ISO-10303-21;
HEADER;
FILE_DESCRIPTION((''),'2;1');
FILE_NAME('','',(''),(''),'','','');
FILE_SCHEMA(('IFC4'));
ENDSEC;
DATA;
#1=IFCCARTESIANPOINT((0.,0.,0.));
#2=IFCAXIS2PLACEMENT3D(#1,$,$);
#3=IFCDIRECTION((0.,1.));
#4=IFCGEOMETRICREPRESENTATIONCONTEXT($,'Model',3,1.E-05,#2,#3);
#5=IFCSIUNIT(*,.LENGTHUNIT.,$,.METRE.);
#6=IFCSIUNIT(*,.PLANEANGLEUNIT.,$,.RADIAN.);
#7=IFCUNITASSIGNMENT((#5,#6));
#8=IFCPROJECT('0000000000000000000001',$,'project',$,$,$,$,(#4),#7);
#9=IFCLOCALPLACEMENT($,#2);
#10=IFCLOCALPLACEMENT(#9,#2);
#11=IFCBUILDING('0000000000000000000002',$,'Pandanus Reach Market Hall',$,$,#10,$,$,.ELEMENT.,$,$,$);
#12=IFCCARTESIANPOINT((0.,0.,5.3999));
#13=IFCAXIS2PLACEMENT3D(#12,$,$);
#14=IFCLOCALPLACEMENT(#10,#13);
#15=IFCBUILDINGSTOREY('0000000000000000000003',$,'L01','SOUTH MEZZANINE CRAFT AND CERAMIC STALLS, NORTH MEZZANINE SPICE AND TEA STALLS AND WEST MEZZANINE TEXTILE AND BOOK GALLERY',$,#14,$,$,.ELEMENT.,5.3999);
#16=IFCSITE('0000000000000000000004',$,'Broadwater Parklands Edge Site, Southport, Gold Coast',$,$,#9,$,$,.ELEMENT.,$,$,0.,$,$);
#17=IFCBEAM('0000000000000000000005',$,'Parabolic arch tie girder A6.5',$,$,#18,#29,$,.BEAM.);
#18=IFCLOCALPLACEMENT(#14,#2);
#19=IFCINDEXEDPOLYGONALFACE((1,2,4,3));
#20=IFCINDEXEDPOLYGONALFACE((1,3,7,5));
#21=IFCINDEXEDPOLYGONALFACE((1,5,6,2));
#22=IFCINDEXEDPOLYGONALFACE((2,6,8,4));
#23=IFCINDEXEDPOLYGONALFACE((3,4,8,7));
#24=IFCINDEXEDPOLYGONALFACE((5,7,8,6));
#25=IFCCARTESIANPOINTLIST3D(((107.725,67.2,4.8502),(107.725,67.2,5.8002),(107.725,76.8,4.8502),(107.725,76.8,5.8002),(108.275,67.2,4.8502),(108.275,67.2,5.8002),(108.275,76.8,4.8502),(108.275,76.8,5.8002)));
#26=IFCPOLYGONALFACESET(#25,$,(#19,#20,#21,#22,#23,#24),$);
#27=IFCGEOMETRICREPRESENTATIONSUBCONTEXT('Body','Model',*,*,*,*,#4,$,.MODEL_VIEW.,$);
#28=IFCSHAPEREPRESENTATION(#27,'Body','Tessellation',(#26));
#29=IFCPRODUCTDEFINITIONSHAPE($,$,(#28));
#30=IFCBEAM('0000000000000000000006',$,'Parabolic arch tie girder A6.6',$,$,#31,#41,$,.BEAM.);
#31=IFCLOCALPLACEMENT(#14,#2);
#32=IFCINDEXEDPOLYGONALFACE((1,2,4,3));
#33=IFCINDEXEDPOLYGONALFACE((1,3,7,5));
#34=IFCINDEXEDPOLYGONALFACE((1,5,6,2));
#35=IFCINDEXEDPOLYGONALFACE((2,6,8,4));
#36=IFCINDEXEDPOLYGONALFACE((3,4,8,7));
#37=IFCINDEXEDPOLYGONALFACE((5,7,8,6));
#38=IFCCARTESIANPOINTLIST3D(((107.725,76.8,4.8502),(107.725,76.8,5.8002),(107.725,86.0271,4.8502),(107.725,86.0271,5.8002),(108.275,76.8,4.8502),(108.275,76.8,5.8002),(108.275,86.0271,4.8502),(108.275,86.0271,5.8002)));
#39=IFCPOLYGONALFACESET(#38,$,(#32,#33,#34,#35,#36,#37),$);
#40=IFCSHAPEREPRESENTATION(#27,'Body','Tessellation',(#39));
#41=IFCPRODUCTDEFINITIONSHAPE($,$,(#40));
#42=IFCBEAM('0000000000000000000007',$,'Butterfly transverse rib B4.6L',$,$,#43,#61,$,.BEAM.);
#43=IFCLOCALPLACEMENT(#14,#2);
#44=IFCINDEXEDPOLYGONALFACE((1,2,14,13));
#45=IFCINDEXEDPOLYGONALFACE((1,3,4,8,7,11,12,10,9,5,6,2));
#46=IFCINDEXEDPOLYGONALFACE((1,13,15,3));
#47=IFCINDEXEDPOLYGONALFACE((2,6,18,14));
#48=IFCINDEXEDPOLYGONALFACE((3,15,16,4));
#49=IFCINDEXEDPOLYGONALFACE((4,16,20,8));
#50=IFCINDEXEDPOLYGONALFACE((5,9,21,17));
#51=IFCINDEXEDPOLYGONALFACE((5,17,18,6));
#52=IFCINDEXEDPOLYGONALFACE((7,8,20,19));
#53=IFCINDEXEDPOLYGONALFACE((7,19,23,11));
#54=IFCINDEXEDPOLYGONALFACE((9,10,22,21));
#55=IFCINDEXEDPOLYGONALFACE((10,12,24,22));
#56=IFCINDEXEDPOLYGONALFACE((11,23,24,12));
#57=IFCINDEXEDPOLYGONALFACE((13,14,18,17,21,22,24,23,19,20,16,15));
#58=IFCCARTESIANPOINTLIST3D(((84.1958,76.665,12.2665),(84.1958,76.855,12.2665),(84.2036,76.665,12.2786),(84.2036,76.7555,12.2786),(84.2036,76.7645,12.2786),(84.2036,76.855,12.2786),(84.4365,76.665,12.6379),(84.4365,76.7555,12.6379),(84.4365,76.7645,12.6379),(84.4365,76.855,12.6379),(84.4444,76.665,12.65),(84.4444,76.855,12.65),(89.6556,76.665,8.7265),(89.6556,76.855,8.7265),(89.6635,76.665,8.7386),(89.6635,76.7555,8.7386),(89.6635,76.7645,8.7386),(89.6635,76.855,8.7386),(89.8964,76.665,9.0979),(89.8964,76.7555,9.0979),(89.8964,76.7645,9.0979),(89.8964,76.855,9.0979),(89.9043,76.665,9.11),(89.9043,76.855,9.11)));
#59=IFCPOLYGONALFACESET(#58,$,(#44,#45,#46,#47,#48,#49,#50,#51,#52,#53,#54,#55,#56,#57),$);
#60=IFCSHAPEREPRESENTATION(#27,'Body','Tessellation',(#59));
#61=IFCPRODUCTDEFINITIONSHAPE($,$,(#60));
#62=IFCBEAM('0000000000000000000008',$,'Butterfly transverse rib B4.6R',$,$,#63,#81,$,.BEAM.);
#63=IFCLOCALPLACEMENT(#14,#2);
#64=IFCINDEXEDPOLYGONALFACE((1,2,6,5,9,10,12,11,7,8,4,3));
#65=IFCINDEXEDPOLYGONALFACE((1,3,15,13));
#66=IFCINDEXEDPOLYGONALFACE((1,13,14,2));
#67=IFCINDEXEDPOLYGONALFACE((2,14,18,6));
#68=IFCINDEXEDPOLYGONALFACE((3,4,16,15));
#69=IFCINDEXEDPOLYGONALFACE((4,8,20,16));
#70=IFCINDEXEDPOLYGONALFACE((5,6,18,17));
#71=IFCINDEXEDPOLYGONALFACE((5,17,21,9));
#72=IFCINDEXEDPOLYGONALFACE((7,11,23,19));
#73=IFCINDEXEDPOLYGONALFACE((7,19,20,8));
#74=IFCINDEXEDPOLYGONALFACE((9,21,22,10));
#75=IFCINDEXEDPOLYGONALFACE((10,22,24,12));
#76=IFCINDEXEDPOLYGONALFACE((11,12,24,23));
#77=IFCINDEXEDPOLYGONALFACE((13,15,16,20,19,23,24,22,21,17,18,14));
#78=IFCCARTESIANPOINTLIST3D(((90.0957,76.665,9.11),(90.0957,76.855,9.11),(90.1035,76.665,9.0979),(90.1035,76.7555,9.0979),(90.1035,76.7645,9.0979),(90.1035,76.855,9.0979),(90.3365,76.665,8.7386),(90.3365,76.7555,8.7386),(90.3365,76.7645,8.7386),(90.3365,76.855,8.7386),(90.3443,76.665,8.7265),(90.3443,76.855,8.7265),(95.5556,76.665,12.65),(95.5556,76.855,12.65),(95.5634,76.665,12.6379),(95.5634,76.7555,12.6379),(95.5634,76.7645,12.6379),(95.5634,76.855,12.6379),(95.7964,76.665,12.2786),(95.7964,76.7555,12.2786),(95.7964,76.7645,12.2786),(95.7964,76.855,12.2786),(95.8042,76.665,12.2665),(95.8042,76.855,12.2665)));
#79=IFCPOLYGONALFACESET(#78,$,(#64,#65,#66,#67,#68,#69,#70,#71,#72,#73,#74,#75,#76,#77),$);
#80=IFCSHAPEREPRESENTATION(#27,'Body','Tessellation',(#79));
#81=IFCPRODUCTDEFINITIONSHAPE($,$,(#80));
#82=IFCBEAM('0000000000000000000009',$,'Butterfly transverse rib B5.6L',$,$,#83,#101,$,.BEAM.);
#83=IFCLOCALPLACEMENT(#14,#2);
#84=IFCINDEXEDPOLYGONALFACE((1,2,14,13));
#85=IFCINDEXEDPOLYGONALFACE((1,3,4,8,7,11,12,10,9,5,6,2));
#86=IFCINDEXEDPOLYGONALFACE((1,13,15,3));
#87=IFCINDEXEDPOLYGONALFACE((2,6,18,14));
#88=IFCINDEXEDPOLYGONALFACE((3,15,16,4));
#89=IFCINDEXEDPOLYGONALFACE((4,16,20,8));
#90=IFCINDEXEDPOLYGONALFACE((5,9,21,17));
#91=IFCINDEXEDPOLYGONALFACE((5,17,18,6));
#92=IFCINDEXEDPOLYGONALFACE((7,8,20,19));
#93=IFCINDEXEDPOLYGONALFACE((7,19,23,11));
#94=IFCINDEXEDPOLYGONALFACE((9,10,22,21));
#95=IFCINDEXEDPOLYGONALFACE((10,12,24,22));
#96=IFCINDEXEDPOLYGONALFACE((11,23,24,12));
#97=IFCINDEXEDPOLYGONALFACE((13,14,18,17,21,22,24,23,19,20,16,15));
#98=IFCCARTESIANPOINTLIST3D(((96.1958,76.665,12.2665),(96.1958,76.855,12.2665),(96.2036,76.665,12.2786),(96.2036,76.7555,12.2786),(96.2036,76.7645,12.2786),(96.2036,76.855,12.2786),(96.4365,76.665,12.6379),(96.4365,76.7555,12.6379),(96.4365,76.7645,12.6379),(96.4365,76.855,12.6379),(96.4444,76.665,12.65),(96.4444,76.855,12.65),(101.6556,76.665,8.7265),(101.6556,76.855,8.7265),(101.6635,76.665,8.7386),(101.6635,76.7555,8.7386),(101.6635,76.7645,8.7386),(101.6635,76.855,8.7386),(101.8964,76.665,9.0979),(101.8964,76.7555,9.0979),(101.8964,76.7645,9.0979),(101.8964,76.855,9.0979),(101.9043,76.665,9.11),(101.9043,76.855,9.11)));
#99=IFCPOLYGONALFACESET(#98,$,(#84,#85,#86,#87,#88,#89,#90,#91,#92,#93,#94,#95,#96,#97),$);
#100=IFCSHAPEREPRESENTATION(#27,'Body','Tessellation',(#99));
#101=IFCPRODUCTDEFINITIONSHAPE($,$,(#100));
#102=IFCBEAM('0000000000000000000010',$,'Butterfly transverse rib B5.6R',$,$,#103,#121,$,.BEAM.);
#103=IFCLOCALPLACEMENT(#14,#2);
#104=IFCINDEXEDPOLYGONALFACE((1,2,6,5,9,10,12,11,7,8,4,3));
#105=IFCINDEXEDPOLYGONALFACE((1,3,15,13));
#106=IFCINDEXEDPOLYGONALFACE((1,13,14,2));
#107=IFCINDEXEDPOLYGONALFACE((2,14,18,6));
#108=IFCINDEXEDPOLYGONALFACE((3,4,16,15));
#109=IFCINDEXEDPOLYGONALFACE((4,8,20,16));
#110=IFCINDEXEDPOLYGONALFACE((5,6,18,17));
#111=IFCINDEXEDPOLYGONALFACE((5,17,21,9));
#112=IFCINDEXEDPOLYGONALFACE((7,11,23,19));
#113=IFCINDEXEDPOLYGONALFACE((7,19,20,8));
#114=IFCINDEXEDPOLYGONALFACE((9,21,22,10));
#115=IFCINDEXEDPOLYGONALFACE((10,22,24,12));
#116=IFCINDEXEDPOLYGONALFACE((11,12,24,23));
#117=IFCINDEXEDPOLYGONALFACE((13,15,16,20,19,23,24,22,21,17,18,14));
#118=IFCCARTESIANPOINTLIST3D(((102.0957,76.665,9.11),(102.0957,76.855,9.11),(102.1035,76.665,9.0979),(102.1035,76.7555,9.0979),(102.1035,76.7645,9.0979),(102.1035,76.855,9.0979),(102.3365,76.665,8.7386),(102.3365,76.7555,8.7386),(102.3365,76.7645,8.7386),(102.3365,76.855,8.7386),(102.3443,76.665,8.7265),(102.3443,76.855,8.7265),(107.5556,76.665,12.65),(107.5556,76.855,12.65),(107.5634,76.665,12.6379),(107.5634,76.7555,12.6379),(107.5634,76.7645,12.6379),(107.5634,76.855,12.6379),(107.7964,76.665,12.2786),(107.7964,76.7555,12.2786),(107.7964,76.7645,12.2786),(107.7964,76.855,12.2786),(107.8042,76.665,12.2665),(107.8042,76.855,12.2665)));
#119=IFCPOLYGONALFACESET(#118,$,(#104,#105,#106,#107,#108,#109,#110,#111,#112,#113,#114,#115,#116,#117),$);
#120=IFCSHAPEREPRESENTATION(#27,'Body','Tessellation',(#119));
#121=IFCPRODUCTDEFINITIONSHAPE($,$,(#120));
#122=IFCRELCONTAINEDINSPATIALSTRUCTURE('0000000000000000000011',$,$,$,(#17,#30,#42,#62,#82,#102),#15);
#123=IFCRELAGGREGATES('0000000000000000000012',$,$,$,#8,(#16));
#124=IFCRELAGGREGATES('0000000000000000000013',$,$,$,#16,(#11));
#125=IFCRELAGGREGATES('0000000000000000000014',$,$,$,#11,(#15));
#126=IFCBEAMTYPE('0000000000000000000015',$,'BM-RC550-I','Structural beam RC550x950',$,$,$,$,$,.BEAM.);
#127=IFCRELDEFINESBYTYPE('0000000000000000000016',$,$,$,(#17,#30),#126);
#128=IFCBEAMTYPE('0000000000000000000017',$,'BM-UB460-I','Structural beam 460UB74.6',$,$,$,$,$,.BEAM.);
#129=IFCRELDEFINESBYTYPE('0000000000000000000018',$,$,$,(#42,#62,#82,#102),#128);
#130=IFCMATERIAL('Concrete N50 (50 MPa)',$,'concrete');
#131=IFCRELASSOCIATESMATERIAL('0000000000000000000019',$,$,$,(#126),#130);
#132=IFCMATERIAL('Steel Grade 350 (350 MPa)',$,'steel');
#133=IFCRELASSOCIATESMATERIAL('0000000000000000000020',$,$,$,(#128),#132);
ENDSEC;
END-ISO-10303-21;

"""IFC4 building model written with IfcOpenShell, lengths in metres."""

from ifc_helpers import new_model, si_unit, direction, frame, origin, origin_2d, place, context, subcontext, project, spatial, rectangle, i_section, extrude, material, material_profile, profile_set, type_object, element, save


model = new_model("IFC4")

# Units and contexts
model_context = context("Model", 3, precision=1e-05, world=origin(), true_north=direction((0.0, 1.0)))
body_context = subcontext(model_context, "Body", "Model", "MODEL_VIEW")
ifc_project = project(units=[si_unit("LENGTHUNIT", "METRE"), si_unit("PLANEANGLEUNIT", "RADIAN")], contexts=[model_context])

# Site, building, storey
site_placement = place(None, origin())
site = spatial("IfcSite", under=ifc_project, at=site_placement, Name="Broadwater Parklands Edge Site, Southport, Gold Coast", CompositionType="ELEMENT", RefElevation=0.0)
building_placement = place(site_placement, origin())
building = spatial("IfcBuilding", under=site, at=building_placement, Name="Pandanus Reach Market Hall", CompositionType="ELEMENT")
storey_placement = place(building_placement, frame((0.0, 0.0, 5.3999)))
storey = spatial("IfcBuildingStorey", under=building, at=storey_placement, Name="L01", Description="SOUTH MEZZANINE CRAFT AND CERAMIC STALLS, NORTH MEZZANINE SPICE AND TEA STALLS AND WEST MEZZANINE TEXTILE AND BOOK GALLERY", CompositionType="ELEMENT", Elevation=5.3999)

# Shared definitions
ifc_material_1 = material(Name="Concrete N50 (50 MPa)", Category="concrete")

# Beams
ifc_material_profile_1 = material_profile(ifc_material_1, rectangle(XDim=0.55, YDim=0.95, at=origin_2d()), Name="RC550x950", Category="LoadBearing")
ifc_profile_set_1 = profile_set([ifc_material_profile_1], Name="Concrete N50 (50 MPa)")
beam_type_1 = type_object("IfcBeamType", Name="BM-RC550-I", Description="Structural beam RC550x950", PredefinedType="BEAM", material=ifc_profile_set_1)
beam_1_placement = place(storey_placement, frame((108.0, 67.2, 5.3252), z_axis=(0.0, 1.0, 0.0), x_axis=(-1.0, 0.0, 0.0)))
element("IfcBeam", 1, at=beam_1_placement, inside=storey, type_object=beam_type_1, Name="Parabolic arch tie girder A6.5", PredefinedType="BEAM", context=body_context, shape_type="SweptSolid", body=[
    extrude(rectangle(XDim=0.55, YDim=0.95, at=origin_2d()), origin(), (0.0, 0.0, 1.0), 9.6001),
])
beam_2_placement = place(storey_placement, frame((108.0, 76.8, 5.3252), z_axis=(0.0, 1.0, 0.0), x_axis=(-1.0, 0.0, 0.0)))
element("IfcBeam", 2, at=beam_2_placement, inside=storey, type_object=beam_type_1, Name="Parabolic arch tie girder A6.6", PredefinedType="BEAM", context=body_context, shape_type="SweptSolid", body=[
    extrude(rectangle(XDim=0.55, YDim=0.95, at=origin_2d()), origin(), (0.0, 0.0, 1.0), 9.2271),
])
ifc_material_2 = material(Name="Steel Grade 350 (350 MPa)", Category="steel")
ifc_material_profile_2 = material_profile(ifc_material_2, i_section(OverallWidth=0.1899, OverallDepth=0.457, WebThickness=0.009, FlangeThickness=0.0144, at=origin_2d()), Name="460UB74.6", Category="LoadBearing")
ifc_profile_set_2 = profile_set([ifc_material_profile_2], Name="Steel Grade 350 (350 MPa)")
beam_type_2 = type_object("IfcBeamType", Name="BM-UB460-I", Description="Structural beam 460UB74.6", PredefinedType="BEAM", material=ifc_profile_set_2)
for number, where, z_axis, x_axis, name in (
    (3, (84.3201, 76.76, 12.4583), (0.839071, 0.0, -0.544023), (0.0, 1.0, 0.0), "Butterfly transverse rib B4.6L"),
    (4, (90.22, 76.76, 8.9182), (0.839071, 0.0, 0.544023), (0.0, 1.0, 0.0), "Butterfly transverse rib B4.6R"),
    (5, (96.3201, 76.76, 12.4583), (0.839071, 0.0, -0.544023), (0.0, 1.0, 0.0), "Butterfly transverse rib B5.6L"),
    (6, (102.22, 76.76, 8.9182), (0.839071, 0.0, 0.544023), (0.0, 1.0, 0.0), "Butterfly transverse rib B5.6R"),
):
    element("IfcBeam", number, at=place(storey_placement, frame(where, z_axis=z_axis, x_axis=x_axis)), inside=storey, type_object=beam_type_2, Name=name, PredefinedType="BEAM", context=body_context, shape_type="SweptSolid", body=[
        extrude(i_section(OverallWidth=0.1899, OverallDepth=0.457, WebThickness=0.009, FlangeThickness=0.0144, at=origin_2d()), origin(), (0.0, 0.0, 1.0), 6.5071),
    ])

save(model, "model.ifc")
